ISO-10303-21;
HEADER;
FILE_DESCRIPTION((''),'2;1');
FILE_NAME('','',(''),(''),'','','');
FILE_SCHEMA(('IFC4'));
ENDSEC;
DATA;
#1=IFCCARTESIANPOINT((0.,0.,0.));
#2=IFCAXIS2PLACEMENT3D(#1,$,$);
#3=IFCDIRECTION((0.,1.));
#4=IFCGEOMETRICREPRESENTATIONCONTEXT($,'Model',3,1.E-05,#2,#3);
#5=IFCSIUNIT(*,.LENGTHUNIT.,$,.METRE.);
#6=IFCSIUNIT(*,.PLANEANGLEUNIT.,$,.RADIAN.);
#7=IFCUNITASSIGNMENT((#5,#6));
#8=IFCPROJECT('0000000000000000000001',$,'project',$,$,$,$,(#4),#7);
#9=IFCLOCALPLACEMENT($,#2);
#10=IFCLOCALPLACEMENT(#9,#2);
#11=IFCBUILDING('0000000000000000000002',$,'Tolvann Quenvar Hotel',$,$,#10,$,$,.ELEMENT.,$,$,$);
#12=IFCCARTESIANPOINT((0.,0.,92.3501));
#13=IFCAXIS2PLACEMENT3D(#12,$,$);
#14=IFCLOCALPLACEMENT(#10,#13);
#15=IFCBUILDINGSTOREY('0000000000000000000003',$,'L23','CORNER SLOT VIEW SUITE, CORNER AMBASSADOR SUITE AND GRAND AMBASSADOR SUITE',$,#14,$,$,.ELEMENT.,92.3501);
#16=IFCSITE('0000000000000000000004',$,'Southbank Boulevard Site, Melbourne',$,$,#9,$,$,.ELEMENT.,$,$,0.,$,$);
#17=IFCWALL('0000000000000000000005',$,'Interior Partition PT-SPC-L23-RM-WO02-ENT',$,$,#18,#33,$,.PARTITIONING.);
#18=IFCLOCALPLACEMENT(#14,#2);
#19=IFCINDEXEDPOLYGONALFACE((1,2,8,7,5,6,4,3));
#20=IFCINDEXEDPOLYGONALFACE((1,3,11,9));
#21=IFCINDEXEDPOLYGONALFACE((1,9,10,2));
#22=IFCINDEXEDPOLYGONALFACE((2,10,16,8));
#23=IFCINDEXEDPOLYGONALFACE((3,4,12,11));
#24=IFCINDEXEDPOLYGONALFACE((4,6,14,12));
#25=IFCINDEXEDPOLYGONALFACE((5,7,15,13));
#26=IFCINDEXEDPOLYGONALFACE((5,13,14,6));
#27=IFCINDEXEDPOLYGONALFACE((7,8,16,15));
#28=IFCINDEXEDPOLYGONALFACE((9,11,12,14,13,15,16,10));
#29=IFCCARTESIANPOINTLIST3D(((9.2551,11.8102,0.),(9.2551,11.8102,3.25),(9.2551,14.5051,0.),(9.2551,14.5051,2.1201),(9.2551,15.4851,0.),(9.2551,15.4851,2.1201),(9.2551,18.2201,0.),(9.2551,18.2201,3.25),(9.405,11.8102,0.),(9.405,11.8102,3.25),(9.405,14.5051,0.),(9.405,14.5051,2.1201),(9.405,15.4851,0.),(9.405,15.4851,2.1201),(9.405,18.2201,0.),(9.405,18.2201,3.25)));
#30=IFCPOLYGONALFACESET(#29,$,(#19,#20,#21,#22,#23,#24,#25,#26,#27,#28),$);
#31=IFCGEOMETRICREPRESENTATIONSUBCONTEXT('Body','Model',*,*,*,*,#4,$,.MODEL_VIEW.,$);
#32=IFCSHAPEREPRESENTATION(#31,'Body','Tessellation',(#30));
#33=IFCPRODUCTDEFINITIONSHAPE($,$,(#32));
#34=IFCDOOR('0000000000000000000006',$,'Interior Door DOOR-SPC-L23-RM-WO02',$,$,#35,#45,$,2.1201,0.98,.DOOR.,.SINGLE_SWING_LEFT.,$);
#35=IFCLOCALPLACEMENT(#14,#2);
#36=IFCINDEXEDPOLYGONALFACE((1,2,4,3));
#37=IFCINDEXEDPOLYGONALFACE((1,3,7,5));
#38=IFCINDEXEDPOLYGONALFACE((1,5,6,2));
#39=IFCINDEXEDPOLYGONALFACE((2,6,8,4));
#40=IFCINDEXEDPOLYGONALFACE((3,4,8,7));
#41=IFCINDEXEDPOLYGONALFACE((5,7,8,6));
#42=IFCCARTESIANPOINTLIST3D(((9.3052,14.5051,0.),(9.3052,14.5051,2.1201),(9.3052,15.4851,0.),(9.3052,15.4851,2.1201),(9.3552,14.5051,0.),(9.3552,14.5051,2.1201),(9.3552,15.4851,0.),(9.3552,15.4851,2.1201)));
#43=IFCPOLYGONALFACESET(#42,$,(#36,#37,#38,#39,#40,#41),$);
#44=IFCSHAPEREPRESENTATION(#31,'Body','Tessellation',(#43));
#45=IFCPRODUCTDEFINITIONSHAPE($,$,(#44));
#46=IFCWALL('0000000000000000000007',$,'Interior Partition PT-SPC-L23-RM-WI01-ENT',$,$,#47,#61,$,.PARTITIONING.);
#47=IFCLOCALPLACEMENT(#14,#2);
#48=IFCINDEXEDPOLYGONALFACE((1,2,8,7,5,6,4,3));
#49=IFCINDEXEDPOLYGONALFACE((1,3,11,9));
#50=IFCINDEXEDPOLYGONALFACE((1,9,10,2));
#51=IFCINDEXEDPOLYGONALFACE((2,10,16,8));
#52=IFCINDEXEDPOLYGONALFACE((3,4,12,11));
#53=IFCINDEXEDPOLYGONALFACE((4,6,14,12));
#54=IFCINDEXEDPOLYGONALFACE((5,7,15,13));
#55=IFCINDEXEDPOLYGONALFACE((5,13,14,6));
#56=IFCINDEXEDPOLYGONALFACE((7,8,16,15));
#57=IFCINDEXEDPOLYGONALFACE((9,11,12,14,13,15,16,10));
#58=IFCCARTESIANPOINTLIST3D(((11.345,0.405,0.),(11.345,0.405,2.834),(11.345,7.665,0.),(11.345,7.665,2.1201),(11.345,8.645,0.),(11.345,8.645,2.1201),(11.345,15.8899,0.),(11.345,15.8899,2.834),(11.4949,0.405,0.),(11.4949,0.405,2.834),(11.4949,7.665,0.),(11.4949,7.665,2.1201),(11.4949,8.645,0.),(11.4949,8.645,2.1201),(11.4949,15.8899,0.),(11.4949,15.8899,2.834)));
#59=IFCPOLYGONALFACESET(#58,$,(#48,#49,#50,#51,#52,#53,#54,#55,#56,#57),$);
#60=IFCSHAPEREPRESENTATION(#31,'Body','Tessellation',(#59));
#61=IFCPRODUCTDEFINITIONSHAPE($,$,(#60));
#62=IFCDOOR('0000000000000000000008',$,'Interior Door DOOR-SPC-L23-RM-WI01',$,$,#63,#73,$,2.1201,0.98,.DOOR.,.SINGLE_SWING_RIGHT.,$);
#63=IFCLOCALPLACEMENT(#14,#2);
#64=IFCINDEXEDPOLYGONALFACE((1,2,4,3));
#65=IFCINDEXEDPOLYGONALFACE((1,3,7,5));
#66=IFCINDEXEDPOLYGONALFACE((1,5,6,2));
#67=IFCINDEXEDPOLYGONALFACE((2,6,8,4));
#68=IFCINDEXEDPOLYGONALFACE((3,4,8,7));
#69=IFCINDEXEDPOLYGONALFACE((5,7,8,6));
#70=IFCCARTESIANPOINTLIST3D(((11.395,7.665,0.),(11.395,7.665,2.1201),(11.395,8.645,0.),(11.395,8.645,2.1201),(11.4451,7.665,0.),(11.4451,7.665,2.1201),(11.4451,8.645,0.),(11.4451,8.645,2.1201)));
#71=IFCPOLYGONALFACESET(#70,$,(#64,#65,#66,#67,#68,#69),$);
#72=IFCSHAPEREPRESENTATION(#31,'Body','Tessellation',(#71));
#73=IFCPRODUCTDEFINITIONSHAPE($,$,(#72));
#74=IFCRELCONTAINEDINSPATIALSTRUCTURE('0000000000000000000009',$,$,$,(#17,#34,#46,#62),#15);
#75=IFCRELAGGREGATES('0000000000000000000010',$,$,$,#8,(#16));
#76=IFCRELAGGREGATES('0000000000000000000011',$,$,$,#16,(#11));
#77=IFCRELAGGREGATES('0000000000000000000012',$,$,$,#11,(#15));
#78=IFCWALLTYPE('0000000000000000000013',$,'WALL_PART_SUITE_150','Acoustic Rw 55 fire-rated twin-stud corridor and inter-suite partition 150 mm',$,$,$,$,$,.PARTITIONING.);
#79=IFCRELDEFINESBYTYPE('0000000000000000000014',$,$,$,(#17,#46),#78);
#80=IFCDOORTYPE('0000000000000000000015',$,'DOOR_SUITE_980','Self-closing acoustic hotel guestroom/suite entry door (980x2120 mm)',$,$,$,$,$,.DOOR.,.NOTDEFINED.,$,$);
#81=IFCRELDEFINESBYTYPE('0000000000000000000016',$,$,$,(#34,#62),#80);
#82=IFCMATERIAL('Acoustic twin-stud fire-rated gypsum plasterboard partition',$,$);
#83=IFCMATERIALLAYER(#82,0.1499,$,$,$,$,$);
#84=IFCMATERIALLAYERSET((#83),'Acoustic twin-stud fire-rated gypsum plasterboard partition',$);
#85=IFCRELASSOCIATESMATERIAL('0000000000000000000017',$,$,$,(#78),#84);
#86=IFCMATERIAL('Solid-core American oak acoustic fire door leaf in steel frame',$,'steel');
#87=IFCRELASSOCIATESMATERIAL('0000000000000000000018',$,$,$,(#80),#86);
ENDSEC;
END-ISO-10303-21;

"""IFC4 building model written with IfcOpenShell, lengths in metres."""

from ifc_helpers import new_model, si_unit, direction, frame, frame_2d, origin, place, context, subcontext, project, spatial, rectangle, extrude, source, transform, mapped, material, layer, layer_set, type_object, type_shapes, element, fill, save


model = new_model("IFC4")

# Units and contexts
model_context = context("Model", 3, precision=1e-05, world=origin(), true_north=direction((0.0, 1.0)))
body_context = subcontext(model_context, "Body", "Model", "MODEL_VIEW")
ifc_project = project(units=[si_unit("LENGTHUNIT", "METRE"), si_unit("PLANEANGLEUNIT", "RADIAN")], contexts=[model_context])

# Site, building, storey
site_placement = place(None, origin())
site = spatial("IfcSite", under=ifc_project, at=site_placement, Name="Southbank Boulevard Site, Melbourne", CompositionType="ELEMENT", RefElevation=0.0)
building_placement = place(site_placement, origin())
building = spatial("IfcBuilding", under=site, at=building_placement, Name="Tolvann Quenvar Hotel", CompositionType="ELEMENT")
storey_placement = place(building_placement, frame((0.0, 0.0, 92.3501)))
storey = spatial("IfcBuildingStorey", under=building, at=storey_placement, Name="L23", Description="CORNER SLOT VIEW SUITE, CORNER AMBASSADOR SUITE AND GRAND AMBASSADOR SUITE", CompositionType="ELEMENT", Elevation=92.3501)

# Shared definitions
ifc_material_1 = material(Name="Acoustic twin-stud fire-rated gypsum plasterboard partition")
ifc_layer_1 = layer(ifc_material_1, 0.1499)
ifc_layer_set_1 = layer_set([ifc_layer_1], Name="Acoustic twin-stud fire-rated gypsum plasterboard partition")
wall_type_1 = type_object("IfcWallType", Name="WALL_PART_SUITE_150", Description="Acoustic Rw 55 fire-rated twin-stud corridor and inter-suite partition 150 mm", PredefinedType="PARTITIONING", material=ifc_layer_set_1)
ifc_material_2 = material(Name="Solid-core American oak acoustic fire door leaf in steel frame", Category="steel")

# Walls, openings, doors
door_type_1 = type_object("IfcDoorType", Name="DOOR_SUITE_980", Description="Self-closing acoustic hotel guestroom/suite entry door (980x2120 mm)", OperationType="NOTDEFINED", PredefinedType="DOOR", material=ifc_material_2)
shared_shape_1 = source(origin(), body_context, "Body", "SweptSolid", [
    extrude(rectangle(XDim=0.98, YDim=2.1201, at=frame_2d((0.49, 1.0601))), frame((0.0, 0.0249, 0.0), z_axis=(0.0, -1.0, 0.0), x_axis=(1.0, 0.0, 0.0)), (0.0, 0.0, 1.0), 0.05),
])
type_shapes(door_type_1, [shared_shape_1])
wall_1_placement = place(storey_placement, frame((9.3301, 11.8101, 0.0), z_axis=(0.0, 0.0, 1.0), x_axis=(0.0, 1.0, 0.0)))
wall_1 = element("IfcWall", 1, at=wall_1_placement, inside=storey, type_object=wall_type_1, Name="Interior Partition PT-SPC-L23-RM-WO02-ENT", PredefinedType="PARTITIONING", context=body_context, shape_type="SweptSolid", body=[
    extrude(rectangle(XDim=6.4099, YDim=0.1499, at=frame_2d((3.2051, 0.0))), origin(), (0.0, 0.0, 1.0), 3.25),
])
opening_1_placement = place(wall_1_placement, frame((2.6951, 0.0, 0.0)))
opening_1 = element("IfcOpeningElement", 2, at=opening_1_placement, cuts=wall_1, PredefinedType="OPENING", context=body_context, shape_type="SweptSolid", body=[
    extrude(rectangle(XDim=0.98, YDim=2.1201, at=frame_2d((0.49, 1.0601))), frame((0.0, 0.085, 0.0), z_axis=(0.0, -1.0, 0.0), x_axis=(1.0, 0.0, 0.0)), (0.0, 0.0, 1.0), 0.1699),
])
door_1_placement = place(opening_1_placement, origin())
door_1 = element("IfcDoor", 3, at=door_1_placement, inside=storey, type_object=door_type_1, Name="Interior Door DOOR-SPC-L23-RM-WO02", OperationType="SINGLE_SWING_LEFT", OverallHeight=2.1201, OverallWidth=0.98, PredefinedType="DOOR", context=body_context, shape_type="MappedRepresentation", body=[
    mapped(shared_shape_1, transform((0.0, 0.0, 0.0), x_axis=(1.0, 0.0, 0.0), y_axis=(0.0, 1.0, 0.0), z_axis=(0.0, 0.0, 1.0), scale=1.0)),
])
fill(opening_1, door_1)
wall_2_placement = place(storey_placement, frame((11.4199, 0.405, 0.0), z_axis=(0.0, 0.0, 1.0), x_axis=(0.0, 1.0, 0.0)))
wall_2 = element("IfcWall", 4, at=wall_2_placement, inside=storey, type_object=wall_type_1, Name="Interior Partition PT-SPC-L23-RM-WI01-ENT", PredefinedType="PARTITIONING", context=body_context, shape_type="SweptSolid", body=[
    extrude(rectangle(XDim=15.4849, YDim=0.1499, at=frame_2d((7.7424, 0.0))), origin(), (0.0, 0.0, 1.0), 2.834),
])
opening_2_placement = place(wall_2_placement, frame((7.26, 0.0, 0.0)))
opening_2 = element("IfcOpeningElement", 5, at=opening_2_placement, cuts=wall_2, PredefinedType="OPENING", context=body_context, shape_type="SweptSolid", body=[
    extrude(rectangle(XDim=0.98, YDim=2.1201, at=frame_2d((0.49, 1.0601))), frame((0.0, 0.085, 0.0), z_axis=(0.0, -1.0, 0.0), x_axis=(1.0, 0.0, 0.0)), (0.0, 0.0, 1.0), 0.1699),
])
door_2_placement = place(opening_2_placement, origin())
door_2 = element("IfcDoor", 6, at=door_2_placement, inside=storey, type_object=door_type_1, Name="Interior Door DOOR-SPC-L23-RM-WI01", OperationType="SINGLE_SWING_RIGHT", OverallHeight=2.1201, OverallWidth=0.98, PredefinedType="DOOR", context=body_context, shape_type="MappedRepresentation", body=[
    mapped(shared_shape_1, transform((0.0, 0.0, 0.0), x_axis=(1.0, 0.0, 0.0), y_axis=(0.0, 1.0, 0.0), z_axis=(0.0, 0.0, 1.0), scale=1.0)),
])
fill(opening_2, door_2)

save(model, "model.ifc")
